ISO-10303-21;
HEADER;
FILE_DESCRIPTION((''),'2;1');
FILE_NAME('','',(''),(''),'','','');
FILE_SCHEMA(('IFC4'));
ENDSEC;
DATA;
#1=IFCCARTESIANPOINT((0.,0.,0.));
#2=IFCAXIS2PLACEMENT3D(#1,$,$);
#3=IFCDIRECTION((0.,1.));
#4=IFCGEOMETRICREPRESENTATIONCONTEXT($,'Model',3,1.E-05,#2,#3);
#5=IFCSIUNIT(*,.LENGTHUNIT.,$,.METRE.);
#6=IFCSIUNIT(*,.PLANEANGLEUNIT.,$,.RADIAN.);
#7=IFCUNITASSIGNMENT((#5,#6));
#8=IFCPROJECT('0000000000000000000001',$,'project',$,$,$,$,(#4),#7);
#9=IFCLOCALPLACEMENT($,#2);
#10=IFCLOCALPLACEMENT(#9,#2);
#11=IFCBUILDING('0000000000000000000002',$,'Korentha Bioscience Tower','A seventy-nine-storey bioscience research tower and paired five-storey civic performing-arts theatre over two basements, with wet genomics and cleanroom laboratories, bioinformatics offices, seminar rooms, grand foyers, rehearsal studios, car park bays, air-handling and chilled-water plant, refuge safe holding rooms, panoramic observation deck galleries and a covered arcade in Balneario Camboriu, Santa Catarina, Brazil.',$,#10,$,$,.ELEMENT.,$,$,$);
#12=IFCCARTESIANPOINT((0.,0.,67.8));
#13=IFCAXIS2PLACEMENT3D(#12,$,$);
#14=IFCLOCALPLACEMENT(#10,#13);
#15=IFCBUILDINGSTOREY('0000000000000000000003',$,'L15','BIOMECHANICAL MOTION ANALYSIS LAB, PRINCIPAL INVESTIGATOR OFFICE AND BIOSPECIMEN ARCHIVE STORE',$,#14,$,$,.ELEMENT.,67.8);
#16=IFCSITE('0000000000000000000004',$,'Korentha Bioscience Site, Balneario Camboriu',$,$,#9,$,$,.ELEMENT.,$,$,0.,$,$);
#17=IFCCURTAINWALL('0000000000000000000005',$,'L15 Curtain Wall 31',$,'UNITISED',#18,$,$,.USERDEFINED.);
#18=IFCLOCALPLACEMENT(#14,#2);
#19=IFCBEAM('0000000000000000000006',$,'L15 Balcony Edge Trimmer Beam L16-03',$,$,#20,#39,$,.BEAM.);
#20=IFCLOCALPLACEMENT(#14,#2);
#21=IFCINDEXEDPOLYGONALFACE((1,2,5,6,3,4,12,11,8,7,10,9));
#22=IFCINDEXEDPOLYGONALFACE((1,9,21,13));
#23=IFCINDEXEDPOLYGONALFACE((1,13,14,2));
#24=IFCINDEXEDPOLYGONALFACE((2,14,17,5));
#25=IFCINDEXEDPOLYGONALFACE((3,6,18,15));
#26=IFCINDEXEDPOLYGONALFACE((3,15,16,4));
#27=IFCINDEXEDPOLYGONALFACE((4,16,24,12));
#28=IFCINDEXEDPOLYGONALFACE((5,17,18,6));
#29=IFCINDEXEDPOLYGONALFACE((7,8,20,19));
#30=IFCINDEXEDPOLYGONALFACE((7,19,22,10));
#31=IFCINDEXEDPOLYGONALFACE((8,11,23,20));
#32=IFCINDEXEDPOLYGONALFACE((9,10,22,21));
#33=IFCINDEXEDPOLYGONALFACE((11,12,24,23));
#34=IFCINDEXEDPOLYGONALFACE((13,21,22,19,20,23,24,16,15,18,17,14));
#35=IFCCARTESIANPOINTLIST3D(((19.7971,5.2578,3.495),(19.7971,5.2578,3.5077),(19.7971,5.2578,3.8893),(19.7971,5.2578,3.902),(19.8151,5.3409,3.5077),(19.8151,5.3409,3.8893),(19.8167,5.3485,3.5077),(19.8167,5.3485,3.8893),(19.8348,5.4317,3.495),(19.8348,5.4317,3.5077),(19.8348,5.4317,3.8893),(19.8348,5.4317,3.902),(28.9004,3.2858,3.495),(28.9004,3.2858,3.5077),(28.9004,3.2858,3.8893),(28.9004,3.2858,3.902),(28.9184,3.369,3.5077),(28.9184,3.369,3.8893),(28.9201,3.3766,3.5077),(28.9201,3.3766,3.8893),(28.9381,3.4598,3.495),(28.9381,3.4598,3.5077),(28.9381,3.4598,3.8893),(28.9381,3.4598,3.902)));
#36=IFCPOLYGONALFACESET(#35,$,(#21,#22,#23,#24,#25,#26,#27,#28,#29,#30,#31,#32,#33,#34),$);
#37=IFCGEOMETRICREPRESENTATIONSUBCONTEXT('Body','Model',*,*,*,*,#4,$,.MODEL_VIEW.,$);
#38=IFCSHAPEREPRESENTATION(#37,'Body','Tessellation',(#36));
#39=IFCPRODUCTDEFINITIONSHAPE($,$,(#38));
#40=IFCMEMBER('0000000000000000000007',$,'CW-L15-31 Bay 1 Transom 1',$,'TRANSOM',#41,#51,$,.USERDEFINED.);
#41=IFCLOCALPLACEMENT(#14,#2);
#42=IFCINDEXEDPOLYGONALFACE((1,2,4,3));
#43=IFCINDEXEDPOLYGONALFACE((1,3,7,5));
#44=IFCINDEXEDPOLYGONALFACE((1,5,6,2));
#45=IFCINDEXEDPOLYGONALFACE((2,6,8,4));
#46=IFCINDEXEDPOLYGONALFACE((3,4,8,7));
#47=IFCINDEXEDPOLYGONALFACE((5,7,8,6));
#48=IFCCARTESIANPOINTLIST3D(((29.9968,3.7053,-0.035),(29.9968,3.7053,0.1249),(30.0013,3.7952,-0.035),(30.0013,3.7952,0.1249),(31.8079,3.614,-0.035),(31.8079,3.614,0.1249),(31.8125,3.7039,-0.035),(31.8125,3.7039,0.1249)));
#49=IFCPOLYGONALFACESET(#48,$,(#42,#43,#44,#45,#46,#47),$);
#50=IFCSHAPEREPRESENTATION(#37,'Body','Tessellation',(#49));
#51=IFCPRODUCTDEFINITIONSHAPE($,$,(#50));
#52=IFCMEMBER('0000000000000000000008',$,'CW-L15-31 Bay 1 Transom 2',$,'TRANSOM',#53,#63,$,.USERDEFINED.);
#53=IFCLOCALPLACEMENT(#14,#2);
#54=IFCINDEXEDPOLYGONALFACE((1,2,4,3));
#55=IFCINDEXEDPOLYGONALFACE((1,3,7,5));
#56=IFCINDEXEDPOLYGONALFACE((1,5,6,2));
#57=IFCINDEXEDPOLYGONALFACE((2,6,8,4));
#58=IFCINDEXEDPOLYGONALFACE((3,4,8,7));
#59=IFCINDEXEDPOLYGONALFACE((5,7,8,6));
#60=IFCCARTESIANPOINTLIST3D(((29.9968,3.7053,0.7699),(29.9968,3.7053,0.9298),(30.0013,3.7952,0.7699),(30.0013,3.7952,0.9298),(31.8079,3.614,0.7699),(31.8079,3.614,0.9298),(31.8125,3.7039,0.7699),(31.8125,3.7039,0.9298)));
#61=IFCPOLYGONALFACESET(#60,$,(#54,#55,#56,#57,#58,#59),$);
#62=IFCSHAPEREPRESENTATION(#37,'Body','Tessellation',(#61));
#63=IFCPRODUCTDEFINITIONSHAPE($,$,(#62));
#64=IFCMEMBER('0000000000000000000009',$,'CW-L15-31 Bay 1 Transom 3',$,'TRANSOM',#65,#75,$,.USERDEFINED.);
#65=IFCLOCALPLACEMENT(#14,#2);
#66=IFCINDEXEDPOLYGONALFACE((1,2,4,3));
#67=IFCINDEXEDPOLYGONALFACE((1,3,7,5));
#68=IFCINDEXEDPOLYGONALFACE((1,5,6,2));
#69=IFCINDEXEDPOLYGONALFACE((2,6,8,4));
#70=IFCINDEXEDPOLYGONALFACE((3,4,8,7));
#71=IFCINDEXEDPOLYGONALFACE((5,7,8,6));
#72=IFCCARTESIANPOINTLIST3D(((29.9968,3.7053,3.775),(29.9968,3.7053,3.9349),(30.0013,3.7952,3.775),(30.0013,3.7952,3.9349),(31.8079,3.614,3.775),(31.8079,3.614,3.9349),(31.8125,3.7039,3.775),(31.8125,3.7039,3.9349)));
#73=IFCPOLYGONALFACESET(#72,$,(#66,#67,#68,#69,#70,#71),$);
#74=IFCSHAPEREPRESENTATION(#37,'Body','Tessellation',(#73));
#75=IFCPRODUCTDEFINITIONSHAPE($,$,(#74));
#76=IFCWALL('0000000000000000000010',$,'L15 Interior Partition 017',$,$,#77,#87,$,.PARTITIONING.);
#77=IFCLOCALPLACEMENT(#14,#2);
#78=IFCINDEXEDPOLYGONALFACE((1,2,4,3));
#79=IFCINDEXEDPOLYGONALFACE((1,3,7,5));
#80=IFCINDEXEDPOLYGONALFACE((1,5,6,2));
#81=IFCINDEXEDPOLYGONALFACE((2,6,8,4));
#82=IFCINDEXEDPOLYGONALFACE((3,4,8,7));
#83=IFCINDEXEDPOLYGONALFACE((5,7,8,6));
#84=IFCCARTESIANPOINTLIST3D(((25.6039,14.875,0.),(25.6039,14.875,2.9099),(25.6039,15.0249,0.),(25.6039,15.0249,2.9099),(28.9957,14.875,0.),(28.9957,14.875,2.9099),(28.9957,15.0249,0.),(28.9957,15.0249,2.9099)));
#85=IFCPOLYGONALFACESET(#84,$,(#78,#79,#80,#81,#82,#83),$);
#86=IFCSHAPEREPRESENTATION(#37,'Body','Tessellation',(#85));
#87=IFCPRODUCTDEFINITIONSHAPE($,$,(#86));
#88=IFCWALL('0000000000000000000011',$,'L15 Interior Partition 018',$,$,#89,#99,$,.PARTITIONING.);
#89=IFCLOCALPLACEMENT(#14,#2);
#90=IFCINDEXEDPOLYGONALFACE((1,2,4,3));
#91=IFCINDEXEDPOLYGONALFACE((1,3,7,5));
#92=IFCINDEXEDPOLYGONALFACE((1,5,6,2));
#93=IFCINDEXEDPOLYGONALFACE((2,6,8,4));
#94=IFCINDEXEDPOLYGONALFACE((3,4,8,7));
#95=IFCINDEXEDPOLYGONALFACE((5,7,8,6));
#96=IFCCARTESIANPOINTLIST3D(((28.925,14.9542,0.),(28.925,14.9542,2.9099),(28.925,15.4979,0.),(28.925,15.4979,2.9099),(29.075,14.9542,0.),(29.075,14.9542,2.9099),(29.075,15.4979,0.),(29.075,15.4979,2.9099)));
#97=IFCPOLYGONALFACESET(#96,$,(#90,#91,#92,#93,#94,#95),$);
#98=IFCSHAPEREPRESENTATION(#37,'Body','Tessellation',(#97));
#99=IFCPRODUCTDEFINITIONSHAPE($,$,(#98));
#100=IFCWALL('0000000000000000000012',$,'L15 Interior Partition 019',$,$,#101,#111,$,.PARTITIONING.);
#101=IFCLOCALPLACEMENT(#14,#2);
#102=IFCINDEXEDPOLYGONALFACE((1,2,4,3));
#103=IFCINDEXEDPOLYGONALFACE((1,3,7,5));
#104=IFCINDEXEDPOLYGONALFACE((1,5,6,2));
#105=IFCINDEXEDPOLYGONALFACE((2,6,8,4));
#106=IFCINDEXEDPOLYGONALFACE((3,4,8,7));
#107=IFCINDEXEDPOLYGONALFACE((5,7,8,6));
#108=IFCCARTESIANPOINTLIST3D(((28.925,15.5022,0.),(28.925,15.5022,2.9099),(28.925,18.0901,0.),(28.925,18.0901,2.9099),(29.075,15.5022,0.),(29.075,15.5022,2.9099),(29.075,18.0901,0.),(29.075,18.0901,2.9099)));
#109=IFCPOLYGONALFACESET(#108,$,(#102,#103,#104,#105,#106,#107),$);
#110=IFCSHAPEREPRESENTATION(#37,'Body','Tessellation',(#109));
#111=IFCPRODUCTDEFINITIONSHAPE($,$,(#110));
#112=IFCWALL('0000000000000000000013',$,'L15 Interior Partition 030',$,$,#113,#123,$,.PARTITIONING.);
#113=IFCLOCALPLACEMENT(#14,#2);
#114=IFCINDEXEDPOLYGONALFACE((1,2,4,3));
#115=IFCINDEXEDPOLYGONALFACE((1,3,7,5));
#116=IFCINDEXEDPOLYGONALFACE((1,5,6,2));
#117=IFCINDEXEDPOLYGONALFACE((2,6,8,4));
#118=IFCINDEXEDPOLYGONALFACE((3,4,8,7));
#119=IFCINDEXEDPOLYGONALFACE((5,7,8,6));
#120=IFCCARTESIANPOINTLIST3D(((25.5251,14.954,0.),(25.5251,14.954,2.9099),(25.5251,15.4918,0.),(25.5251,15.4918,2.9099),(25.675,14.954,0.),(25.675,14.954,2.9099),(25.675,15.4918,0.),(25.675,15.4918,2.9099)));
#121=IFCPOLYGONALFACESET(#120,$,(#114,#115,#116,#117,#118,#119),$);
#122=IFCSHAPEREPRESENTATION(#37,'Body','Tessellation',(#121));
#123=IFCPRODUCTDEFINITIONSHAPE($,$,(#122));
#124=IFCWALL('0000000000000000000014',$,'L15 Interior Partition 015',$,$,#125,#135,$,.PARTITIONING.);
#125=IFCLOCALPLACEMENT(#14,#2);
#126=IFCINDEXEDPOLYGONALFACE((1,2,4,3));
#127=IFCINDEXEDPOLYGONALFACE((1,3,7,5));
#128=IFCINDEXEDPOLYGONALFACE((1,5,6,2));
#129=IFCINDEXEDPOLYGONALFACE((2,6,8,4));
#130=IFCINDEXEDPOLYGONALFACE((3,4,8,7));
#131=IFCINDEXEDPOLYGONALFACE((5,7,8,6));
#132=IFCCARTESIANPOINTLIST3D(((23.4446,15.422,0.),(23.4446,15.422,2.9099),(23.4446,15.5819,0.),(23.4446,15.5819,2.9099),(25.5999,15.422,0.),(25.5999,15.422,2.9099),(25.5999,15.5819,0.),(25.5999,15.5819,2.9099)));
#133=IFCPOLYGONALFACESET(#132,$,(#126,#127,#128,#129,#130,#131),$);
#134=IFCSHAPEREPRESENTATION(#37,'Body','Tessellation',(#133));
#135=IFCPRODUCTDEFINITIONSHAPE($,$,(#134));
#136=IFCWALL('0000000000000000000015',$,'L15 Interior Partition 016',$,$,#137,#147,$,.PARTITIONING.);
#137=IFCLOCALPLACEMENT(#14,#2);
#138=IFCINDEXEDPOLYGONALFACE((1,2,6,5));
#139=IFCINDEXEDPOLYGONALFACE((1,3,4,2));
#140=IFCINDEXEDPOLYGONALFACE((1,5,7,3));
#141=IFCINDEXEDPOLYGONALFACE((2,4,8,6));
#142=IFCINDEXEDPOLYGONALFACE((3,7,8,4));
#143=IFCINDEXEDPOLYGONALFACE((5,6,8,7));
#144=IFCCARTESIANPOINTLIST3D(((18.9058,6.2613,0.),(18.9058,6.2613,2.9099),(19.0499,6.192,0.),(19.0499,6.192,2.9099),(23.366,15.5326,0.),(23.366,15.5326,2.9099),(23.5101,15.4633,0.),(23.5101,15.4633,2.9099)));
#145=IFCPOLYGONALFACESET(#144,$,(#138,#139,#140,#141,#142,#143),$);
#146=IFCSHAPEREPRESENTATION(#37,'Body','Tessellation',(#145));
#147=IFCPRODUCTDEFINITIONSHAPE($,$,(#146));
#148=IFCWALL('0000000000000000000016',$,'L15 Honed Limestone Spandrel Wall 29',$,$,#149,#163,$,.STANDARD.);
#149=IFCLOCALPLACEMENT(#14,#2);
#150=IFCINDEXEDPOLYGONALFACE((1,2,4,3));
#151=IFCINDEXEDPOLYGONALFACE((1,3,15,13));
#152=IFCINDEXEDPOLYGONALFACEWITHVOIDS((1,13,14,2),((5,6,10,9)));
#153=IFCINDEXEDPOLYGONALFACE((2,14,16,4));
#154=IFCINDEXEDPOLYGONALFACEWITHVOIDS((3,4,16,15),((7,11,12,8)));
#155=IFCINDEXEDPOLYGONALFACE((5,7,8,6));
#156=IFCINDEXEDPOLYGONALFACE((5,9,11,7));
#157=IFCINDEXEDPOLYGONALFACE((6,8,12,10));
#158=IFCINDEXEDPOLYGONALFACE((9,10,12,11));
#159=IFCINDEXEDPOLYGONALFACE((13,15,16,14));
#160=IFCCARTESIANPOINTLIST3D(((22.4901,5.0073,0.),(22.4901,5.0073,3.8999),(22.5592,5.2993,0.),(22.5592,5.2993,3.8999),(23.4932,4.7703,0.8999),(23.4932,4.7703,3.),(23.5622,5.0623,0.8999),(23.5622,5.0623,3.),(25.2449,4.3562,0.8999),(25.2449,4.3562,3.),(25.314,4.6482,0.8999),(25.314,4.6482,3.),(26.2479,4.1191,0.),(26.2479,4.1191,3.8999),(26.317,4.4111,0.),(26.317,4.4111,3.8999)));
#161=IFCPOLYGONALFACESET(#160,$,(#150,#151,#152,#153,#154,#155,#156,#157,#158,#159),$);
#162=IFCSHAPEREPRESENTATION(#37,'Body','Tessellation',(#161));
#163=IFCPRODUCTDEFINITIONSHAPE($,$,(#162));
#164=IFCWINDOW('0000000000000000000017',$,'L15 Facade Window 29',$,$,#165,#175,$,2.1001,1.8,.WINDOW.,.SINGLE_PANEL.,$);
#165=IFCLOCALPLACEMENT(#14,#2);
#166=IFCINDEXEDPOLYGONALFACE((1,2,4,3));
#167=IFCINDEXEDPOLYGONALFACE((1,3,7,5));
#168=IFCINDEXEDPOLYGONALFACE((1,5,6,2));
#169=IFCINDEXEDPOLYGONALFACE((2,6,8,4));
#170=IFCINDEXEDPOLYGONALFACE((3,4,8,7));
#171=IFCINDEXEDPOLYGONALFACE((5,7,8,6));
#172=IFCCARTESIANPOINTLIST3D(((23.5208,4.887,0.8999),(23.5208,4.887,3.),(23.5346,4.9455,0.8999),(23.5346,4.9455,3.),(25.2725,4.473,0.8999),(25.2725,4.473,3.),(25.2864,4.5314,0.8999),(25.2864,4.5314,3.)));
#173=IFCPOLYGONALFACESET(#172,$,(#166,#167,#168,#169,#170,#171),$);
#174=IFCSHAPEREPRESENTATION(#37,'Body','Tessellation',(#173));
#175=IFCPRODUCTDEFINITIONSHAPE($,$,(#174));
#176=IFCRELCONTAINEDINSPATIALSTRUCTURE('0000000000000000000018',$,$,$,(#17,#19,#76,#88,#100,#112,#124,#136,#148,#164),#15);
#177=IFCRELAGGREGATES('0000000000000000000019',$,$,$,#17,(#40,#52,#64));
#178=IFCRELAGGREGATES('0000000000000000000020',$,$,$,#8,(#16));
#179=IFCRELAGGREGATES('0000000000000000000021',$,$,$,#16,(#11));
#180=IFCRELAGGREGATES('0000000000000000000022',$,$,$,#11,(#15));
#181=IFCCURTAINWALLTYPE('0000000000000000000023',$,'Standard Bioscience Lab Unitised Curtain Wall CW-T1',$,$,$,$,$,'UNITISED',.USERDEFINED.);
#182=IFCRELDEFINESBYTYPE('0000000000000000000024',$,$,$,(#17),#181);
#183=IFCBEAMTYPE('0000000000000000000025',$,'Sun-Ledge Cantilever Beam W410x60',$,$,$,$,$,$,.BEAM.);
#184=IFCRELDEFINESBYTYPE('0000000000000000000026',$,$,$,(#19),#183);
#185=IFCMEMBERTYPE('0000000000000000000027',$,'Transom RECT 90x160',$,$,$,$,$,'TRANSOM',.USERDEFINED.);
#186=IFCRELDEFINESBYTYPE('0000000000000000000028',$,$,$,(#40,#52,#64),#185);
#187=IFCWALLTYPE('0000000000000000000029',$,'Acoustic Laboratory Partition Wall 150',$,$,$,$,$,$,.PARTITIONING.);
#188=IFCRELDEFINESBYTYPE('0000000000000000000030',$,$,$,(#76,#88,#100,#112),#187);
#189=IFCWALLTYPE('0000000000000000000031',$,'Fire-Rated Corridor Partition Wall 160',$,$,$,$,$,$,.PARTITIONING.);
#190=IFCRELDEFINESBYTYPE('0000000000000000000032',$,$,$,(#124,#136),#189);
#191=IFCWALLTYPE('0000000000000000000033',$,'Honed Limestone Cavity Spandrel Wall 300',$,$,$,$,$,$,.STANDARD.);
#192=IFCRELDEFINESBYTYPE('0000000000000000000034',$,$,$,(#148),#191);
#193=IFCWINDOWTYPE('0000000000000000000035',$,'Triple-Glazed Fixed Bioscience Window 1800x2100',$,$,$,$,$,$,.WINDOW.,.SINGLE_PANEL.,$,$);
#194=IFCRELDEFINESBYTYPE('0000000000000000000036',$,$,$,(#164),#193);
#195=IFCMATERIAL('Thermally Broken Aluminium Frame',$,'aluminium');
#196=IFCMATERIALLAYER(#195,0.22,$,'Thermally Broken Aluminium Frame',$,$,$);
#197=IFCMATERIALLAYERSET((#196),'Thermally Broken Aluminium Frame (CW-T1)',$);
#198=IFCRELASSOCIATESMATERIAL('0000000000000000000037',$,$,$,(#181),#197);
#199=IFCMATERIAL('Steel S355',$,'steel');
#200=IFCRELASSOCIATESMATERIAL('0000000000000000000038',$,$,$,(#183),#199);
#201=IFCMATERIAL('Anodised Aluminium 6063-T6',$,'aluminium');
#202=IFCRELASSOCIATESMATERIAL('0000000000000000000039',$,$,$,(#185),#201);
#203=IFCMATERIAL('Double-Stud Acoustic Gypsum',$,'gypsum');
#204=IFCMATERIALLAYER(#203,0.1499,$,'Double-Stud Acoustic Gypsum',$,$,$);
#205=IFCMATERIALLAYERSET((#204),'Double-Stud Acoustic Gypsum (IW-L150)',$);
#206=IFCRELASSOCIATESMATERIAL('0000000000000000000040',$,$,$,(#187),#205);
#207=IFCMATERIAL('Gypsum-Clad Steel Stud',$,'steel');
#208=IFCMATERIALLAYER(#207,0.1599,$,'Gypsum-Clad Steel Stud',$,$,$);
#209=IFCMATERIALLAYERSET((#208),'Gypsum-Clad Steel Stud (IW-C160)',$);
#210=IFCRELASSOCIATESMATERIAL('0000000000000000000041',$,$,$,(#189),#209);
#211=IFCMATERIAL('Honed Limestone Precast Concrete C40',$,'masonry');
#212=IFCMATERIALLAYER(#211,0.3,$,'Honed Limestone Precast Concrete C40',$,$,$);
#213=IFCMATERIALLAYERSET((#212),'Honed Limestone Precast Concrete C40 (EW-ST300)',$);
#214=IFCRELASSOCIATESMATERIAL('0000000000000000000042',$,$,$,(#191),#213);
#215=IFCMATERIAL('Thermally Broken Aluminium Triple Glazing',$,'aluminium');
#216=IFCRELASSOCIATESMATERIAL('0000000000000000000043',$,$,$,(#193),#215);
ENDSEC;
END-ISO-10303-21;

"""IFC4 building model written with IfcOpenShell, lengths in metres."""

from ifc_helpers import new_model, si_unit, direction, frame, frame_2d, origin, origin_2d, place, context, subcontext, project, spatial, rectangle, i_section, extrude, material, layer, layer_set, material_profile, profile_set, type_object, element, fill, aggregate, save


model = new_model("IFC4")

# Units and contexts
model_context = context("Model", 3, precision=1e-05, world=origin(), true_north=direction((0.0, 1.0)))
body_context = subcontext(model_context, "Body", "Model", "MODEL_VIEW")
ifc_project = project(units=[si_unit("LENGTHUNIT", "METRE"), si_unit("PLANEANGLEUNIT", "RADIAN")], contexts=[model_context])

# Site, building, storey
site_placement = place(None, origin())
site = spatial("IfcSite", under=ifc_project, at=site_placement, Name="Korentha Bioscience Site, Balneario Camboriu", CompositionType="ELEMENT", RefElevation=0.0)
building_placement = place(site_placement, origin())
building = spatial("IfcBuilding", under=site, at=building_placement, Name="Korentha Bioscience Tower", Description="A seventy-nine-storey bioscience research tower and paired five-storey civic performing-arts theatre over two basements, with wet genomics and cleanroom laboratories, bioinformatics offices, seminar rooms, grand foyers, rehearsal studios, car park bays, air-handling and chilled-water plant, refuge safe holding rooms, panoramic observation deck galleries and a covered arcade in Balneario Camboriu, Santa Catarina, Brazil.", CompositionType="ELEMENT")
storey_placement = place(building_placement, frame((0.0, 0.0, 67.8)))
storey = spatial("IfcBuildingStorey", under=building, at=storey_placement, Name="L15", Description="BIOMECHANICAL MOTION ANALYSIS LAB, PRINCIPAL INVESTIGATOR OFFICE AND BIOSPECIMEN ARCHIVE STORE", CompositionType="ELEMENT", Elevation=67.8)

# Curtain wall
ifc_material_1 = material(Name="Thermally Broken Aluminium Frame", Category="aluminium")
ifc_layer_1 = layer(ifc_material_1, 0.22, Name="Thermally Broken Aluminium Frame")
ifc_layer_set_1 = layer_set([ifc_layer_1], Name="Thermally Broken Aluminium Frame (CW-T1)")
curtain_wall_type = type_object("IfcCurtainWallType", Name="Standard Bioscience Lab Unitised Curtain Wall CW-T1", ElementType="UNITISED", PredefinedType="USERDEFINED", material=ifc_layer_set_1)
curtain_wall_placement = place(storey_placement, origin())
curtain_wall = element("IfcCurtainWall", 1, at=curtain_wall_placement, inside=storey, type_object=curtain_wall_type, Name="L15 Curtain Wall 31", ObjectType="UNITISED", PredefinedType="USERDEFINED")
ifc_material_2 = material(Name="Anodised Aluminium 6063-T6", Category="aluminium")

# Beam
ifc_material_3 = material(Name="Steel S355", Category="steel")
ifc_material_profile_1 = material_profile(ifc_material_3, i_section(OverallWidth=0.178, OverallDepth=0.407, WebThickness=0.0078, FlangeThickness=0.0127, at=origin_2d()), Name="Steel S355")
ifc_profile_set_1 = profile_set([ifc_material_profile_1], Name="Steel S355 (CB-410)")
beam_type_1 = type_object("IfcBeamType", Name="Sun-Ledge Cantilever Beam W410x60", PredefinedType="BEAM", material=ifc_profile_set_1)
beam_1_placement = place(storey_placement, frame((19.8159, 5.3447, 3.6985), z_axis=(0.977333, -0.211707, 0.0), x_axis=(0.211707, 0.977333, 0.0)))
element("IfcBeam", 2, at=beam_1_placement, inside=storey, type_object=beam_type_1, Name="L15 Balcony Edge Trimmer Beam L16-03", PredefinedType="BEAM", context=body_context, shape_type="SweptSolid", body=[
    extrude(i_section(OverallWidth=0.178, OverallDepth=0.407, WebThickness=0.0078, FlangeThickness=0.0127, at=origin_2d()), origin(), (0.0, 0.0, 1.0), 9.3145),
])

# Members
ifc_material_profile_2 = material_profile(ifc_material_2, rectangle(XDim=0.0901, YDim=0.1599, at=origin_2d()), Name="Anodised Aluminium 6063-T6")
ifc_profile_set_2 = profile_set([ifc_material_profile_2], Name="Anodised Aluminium 6063-T6 (CW-TRN)")
member_type_1 = type_object("IfcMemberType", Name="Transom RECT 90x160", ElementType="TRANSOM", PredefinedType="USERDEFINED", material=ifc_profile_set_2)
member_1_placement = place(storey_placement, frame((29.999, 3.7502, 0.0449), z_axis=(0.998732, -0.050347, 0.0), x_axis=(0.050347, 0.998732, 0.0)))
member_1 = element("IfcMember", 3, at=member_1_placement, type_object=member_type_1, Name="CW-L15-31 Bay 1 Transom 1", ObjectType="TRANSOM", PredefinedType="USERDEFINED", context=body_context, shape_type="SweptSolid", body=[
    extrude(rectangle(XDim=0.0901, YDim=0.1599, at=origin_2d()), origin(), (0.0, 0.0, 1.0), 1.8135),
])
member_2_placement = place(storey_placement, frame((29.999, 3.7502, 0.8499), z_axis=(0.998732, -0.050347, 0.0), x_axis=(0.050347, 0.998732, 0.0)))
member_2 = element("IfcMember", 4, at=member_2_placement, type_object=member_type_1, Name="CW-L15-31 Bay 1 Transom 2", ObjectType="TRANSOM", PredefinedType="USERDEFINED", context=body_context, shape_type="SweptSolid", body=[
    extrude(rectangle(XDim=0.0901, YDim=0.1599, at=origin_2d()), origin(), (0.0, 0.0, 1.0), 1.8135),
])
member_3_placement = place(storey_placement, frame((29.999, 3.7502, 3.855), z_axis=(0.998732, -0.050347, 0.0), x_axis=(0.050347, 0.998732, 0.0)))
member_3 = element("IfcMember", 5, at=member_3_placement, type_object=member_type_1, Name="CW-L15-31 Bay 1 Transom 3", ObjectType="TRANSOM", PredefinedType="USERDEFINED", context=body_context, shape_type="SweptSolid", body=[
    extrude(rectangle(XDim=0.0901, YDim=0.1599, at=origin_2d()), origin(), (0.0, 0.0, 1.0), 1.8135),
])
aggregate(curtain_wall, [member_1, member_2, member_3])

# Walls
ifc_material_4 = material(Name="Double-Stud Acoustic Gypsum", Category="gypsum")
ifc_layer_2 = layer(ifc_material_4, 0.1499, Name="Double-Stud Acoustic Gypsum")
ifc_layer_set_2 = layer_set([ifc_layer_2], Name="Double-Stud Acoustic Gypsum (IW-L150)")
wall_type_1 = type_object("IfcWallType", Name="Acoustic Laboratory Partition Wall 150", PredefinedType="PARTITIONING", material=ifc_layer_set_2)
wall_1_placement = place(storey_placement, frame((25.604, 14.95, 0.0), z_axis=(0.0, 0.0, 1.0), x_axis=(1.0, 0.0, 0.0)))
element("IfcWall", 6, at=wall_1_placement, inside=storey, type_object=wall_type_1, Name="L15 Interior Partition 017", PredefinedType="PARTITIONING", context=body_context, shape_type="SweptSolid", body=[
    extrude(rectangle(XDim=3.3918, YDim=0.1499, at=frame_2d((1.6958, 0.0))), origin(), (0.0, 0.0, 1.0), 2.9099),
])
wall_2_placement = place(storey_placement, frame((29.0, 14.9541, 0.0), z_axis=(0.0, 0.0, 1.0), x_axis=(0.0, 1.0, 0.0)))
element("IfcWall", 7, at=wall_2_placement, inside=storey, type_object=wall_type_1, Name="L15 Interior Partition 018", PredefinedType="PARTITIONING", context=body_context, shape_type="SweptSolid", body=[
    extrude(rectangle(XDim=0.5437, YDim=0.1499, at=frame_2d((0.272, 0.0))), origin(), (0.0, 0.0, 1.0), 2.9099),
])
wall_3_placement = place(storey_placement, frame((29.0, 15.5022, 0.0), z_axis=(0.0, 0.0, 1.0), x_axis=(0.0, 1.0, 0.0)))
element("IfcWall", 8, at=wall_3_placement, inside=storey, type_object=wall_type_1, Name="L15 Interior Partition 019", PredefinedType="PARTITIONING", context=body_context, shape_type="SweptSolid", body=[
    extrude(rectangle(XDim=2.5879, YDim=0.1499, at=frame_2d((1.2939, 0.0))), origin(), (0.0, 0.0, 1.0), 2.9099),
])
wall_4_placement = place(storey_placement, frame((25.6001, 15.4919, 0.0), z_axis=(0.0, 0.0, 1.0), x_axis=(0.0, -1.0, 0.0)))
element("IfcWall", 9, at=wall_4_placement, inside=storey, type_object=wall_type_1, Name="L15 Interior Partition 030", PredefinedType="PARTITIONING", context=body_context, shape_type="SweptSolid", body=[
    extrude(rectangle(XDim=0.5378, YDim=0.1499, at=frame_2d((0.269, 0.0))), origin(), (0.0, 0.0, 1.0), 2.9099),
])
ifc_material_5 = material(Name="Gypsum-Clad Steel Stud", Category="steel")
ifc_layer_3 = layer(ifc_material_5, 0.1599, Name="Gypsum-Clad Steel Stud")
ifc_layer_set_3 = layer_set([ifc_layer_3], Name="Gypsum-Clad Steel Stud (IW-C160)")
wall_type_2 = type_object("IfcWallType", Name="Fire-Rated Corridor Partition Wall 160", PredefinedType="PARTITIONING", material=ifc_layer_set_3)
wall_5_placement = place(storey_placement, frame((25.5999, 15.502, 0.0), z_axis=(0.0, 0.0, 1.0), x_axis=(-1.0, 0.0, 0.0)))
element("IfcWall", 10, at=wall_5_placement, inside=storey, type_object=wall_type_2, Name="L15 Interior Partition 015", PredefinedType="PARTITIONING", context=body_context, shape_type="SweptSolid", body=[
    extrude(rectangle(XDim=2.1553, YDim=0.1599, at=frame_2d((1.0776, 0.0))), origin(), (0.0, 0.0, 1.0), 2.9099),
])
wall_6_placement = place(storey_placement, frame((23.438, 15.4978, 0.0), z_axis=(0.0, 0.0, 1.0), x_axis=(-0.433522, -0.901143, 0.0)))
element("IfcWall", 11, at=wall_6_placement, inside=storey, type_object=wall_type_2, Name="L15 Interior Partition 016", PredefinedType="PARTITIONING", context=body_context, shape_type="SweptSolid", body=[
    extrude(rectangle(XDim=10.2883, YDim=0.1599, at=frame_2d((5.144, 0.0))), origin(), (0.0, 0.0, 1.0), 2.9099),
])

# Wall, opening, window
ifc_material_6 = material(Name="Honed Limestone Precast Concrete C40", Category="masonry")
ifc_layer_4 = layer(ifc_material_6, 0.3, Name="Honed Limestone Precast Concrete C40")
ifc_layer_set_4 = layer_set([ifc_layer_4], Name="Honed Limestone Precast Concrete C40 (EW-ST300)")
wall_type_3 = type_object("IfcWallType", Name="Honed Limestone Cavity Spandrel Wall 300", PredefinedType="STANDARD", material=ifc_layer_set_4)
wall_7_placement = place(storey_placement, frame((22.5247, 5.1533, 0.0), z_axis=(0.0, 0.0, 1.0), x_axis=(0.973186, -0.230019, 0.0)))
wall_7 = element("IfcWall", 12, at=wall_7_placement, inside=storey, type_object=wall_type_3, Name="L15 Honed Limestone Spandrel Wall 29", PredefinedType="STANDARD", context=body_context, shape_type="SweptSolid", body=[
    extrude(rectangle(XDim=3.8613, YDim=0.3, at=frame_2d((1.9307, 0.0))), origin(), (0.0, 0.0, 1.0), 3.8999),
])
opening_placement = place(wall_7_placement, frame((1.0308, 0.0, 0.8999)))
opening = element("IfcOpeningElement", 13, at=opening_placement, cuts=wall_7, PredefinedType="OPENING", context=body_context, shape_type="SweptSolid", body=[
    extrude(rectangle(XDim=1.8, YDim=2.1001, at=frame_2d((0.8999, 1.05))), frame((0.0, 0.165, 0.0), z_axis=(0.0, -1.0, 0.0), x_axis=(1.0, 0.0, 0.0)), (0.0, 0.0, 1.0), 0.3298),
])
ifc_material_7 = material(Name="Thermally Broken Aluminium Triple Glazing", Category="aluminium")
window_type = type_object("IfcWindowType", Name="Triple-Glazed Fixed Bioscience Window 1800x2100", PartitioningType="SINGLE_PANEL", PredefinedType="WINDOW", material=ifc_material_7)
window_placement = place(opening_placement, origin())
window = element("IfcWindow", 14, at=window_placement, inside=storey, type_object=window_type, Name="L15 Facade Window 29", OverallHeight=2.1001, OverallWidth=1.8, PartitioningType="SINGLE_PANEL", PredefinedType="WINDOW", context=body_context, shape_type="SweptSolid", body=[
    extrude(rectangle(XDim=1.8, YDim=2.1001, at=frame_2d((0.8999, 1.05))), frame((0.0, 0.03, 0.0), z_axis=(0.0, -1.0, 0.0), x_axis=(1.0, 0.0, 0.0)), (0.0, 0.0, 1.0), 0.0601),
])
fill(opening, window)

save(model, "model.ifc")
